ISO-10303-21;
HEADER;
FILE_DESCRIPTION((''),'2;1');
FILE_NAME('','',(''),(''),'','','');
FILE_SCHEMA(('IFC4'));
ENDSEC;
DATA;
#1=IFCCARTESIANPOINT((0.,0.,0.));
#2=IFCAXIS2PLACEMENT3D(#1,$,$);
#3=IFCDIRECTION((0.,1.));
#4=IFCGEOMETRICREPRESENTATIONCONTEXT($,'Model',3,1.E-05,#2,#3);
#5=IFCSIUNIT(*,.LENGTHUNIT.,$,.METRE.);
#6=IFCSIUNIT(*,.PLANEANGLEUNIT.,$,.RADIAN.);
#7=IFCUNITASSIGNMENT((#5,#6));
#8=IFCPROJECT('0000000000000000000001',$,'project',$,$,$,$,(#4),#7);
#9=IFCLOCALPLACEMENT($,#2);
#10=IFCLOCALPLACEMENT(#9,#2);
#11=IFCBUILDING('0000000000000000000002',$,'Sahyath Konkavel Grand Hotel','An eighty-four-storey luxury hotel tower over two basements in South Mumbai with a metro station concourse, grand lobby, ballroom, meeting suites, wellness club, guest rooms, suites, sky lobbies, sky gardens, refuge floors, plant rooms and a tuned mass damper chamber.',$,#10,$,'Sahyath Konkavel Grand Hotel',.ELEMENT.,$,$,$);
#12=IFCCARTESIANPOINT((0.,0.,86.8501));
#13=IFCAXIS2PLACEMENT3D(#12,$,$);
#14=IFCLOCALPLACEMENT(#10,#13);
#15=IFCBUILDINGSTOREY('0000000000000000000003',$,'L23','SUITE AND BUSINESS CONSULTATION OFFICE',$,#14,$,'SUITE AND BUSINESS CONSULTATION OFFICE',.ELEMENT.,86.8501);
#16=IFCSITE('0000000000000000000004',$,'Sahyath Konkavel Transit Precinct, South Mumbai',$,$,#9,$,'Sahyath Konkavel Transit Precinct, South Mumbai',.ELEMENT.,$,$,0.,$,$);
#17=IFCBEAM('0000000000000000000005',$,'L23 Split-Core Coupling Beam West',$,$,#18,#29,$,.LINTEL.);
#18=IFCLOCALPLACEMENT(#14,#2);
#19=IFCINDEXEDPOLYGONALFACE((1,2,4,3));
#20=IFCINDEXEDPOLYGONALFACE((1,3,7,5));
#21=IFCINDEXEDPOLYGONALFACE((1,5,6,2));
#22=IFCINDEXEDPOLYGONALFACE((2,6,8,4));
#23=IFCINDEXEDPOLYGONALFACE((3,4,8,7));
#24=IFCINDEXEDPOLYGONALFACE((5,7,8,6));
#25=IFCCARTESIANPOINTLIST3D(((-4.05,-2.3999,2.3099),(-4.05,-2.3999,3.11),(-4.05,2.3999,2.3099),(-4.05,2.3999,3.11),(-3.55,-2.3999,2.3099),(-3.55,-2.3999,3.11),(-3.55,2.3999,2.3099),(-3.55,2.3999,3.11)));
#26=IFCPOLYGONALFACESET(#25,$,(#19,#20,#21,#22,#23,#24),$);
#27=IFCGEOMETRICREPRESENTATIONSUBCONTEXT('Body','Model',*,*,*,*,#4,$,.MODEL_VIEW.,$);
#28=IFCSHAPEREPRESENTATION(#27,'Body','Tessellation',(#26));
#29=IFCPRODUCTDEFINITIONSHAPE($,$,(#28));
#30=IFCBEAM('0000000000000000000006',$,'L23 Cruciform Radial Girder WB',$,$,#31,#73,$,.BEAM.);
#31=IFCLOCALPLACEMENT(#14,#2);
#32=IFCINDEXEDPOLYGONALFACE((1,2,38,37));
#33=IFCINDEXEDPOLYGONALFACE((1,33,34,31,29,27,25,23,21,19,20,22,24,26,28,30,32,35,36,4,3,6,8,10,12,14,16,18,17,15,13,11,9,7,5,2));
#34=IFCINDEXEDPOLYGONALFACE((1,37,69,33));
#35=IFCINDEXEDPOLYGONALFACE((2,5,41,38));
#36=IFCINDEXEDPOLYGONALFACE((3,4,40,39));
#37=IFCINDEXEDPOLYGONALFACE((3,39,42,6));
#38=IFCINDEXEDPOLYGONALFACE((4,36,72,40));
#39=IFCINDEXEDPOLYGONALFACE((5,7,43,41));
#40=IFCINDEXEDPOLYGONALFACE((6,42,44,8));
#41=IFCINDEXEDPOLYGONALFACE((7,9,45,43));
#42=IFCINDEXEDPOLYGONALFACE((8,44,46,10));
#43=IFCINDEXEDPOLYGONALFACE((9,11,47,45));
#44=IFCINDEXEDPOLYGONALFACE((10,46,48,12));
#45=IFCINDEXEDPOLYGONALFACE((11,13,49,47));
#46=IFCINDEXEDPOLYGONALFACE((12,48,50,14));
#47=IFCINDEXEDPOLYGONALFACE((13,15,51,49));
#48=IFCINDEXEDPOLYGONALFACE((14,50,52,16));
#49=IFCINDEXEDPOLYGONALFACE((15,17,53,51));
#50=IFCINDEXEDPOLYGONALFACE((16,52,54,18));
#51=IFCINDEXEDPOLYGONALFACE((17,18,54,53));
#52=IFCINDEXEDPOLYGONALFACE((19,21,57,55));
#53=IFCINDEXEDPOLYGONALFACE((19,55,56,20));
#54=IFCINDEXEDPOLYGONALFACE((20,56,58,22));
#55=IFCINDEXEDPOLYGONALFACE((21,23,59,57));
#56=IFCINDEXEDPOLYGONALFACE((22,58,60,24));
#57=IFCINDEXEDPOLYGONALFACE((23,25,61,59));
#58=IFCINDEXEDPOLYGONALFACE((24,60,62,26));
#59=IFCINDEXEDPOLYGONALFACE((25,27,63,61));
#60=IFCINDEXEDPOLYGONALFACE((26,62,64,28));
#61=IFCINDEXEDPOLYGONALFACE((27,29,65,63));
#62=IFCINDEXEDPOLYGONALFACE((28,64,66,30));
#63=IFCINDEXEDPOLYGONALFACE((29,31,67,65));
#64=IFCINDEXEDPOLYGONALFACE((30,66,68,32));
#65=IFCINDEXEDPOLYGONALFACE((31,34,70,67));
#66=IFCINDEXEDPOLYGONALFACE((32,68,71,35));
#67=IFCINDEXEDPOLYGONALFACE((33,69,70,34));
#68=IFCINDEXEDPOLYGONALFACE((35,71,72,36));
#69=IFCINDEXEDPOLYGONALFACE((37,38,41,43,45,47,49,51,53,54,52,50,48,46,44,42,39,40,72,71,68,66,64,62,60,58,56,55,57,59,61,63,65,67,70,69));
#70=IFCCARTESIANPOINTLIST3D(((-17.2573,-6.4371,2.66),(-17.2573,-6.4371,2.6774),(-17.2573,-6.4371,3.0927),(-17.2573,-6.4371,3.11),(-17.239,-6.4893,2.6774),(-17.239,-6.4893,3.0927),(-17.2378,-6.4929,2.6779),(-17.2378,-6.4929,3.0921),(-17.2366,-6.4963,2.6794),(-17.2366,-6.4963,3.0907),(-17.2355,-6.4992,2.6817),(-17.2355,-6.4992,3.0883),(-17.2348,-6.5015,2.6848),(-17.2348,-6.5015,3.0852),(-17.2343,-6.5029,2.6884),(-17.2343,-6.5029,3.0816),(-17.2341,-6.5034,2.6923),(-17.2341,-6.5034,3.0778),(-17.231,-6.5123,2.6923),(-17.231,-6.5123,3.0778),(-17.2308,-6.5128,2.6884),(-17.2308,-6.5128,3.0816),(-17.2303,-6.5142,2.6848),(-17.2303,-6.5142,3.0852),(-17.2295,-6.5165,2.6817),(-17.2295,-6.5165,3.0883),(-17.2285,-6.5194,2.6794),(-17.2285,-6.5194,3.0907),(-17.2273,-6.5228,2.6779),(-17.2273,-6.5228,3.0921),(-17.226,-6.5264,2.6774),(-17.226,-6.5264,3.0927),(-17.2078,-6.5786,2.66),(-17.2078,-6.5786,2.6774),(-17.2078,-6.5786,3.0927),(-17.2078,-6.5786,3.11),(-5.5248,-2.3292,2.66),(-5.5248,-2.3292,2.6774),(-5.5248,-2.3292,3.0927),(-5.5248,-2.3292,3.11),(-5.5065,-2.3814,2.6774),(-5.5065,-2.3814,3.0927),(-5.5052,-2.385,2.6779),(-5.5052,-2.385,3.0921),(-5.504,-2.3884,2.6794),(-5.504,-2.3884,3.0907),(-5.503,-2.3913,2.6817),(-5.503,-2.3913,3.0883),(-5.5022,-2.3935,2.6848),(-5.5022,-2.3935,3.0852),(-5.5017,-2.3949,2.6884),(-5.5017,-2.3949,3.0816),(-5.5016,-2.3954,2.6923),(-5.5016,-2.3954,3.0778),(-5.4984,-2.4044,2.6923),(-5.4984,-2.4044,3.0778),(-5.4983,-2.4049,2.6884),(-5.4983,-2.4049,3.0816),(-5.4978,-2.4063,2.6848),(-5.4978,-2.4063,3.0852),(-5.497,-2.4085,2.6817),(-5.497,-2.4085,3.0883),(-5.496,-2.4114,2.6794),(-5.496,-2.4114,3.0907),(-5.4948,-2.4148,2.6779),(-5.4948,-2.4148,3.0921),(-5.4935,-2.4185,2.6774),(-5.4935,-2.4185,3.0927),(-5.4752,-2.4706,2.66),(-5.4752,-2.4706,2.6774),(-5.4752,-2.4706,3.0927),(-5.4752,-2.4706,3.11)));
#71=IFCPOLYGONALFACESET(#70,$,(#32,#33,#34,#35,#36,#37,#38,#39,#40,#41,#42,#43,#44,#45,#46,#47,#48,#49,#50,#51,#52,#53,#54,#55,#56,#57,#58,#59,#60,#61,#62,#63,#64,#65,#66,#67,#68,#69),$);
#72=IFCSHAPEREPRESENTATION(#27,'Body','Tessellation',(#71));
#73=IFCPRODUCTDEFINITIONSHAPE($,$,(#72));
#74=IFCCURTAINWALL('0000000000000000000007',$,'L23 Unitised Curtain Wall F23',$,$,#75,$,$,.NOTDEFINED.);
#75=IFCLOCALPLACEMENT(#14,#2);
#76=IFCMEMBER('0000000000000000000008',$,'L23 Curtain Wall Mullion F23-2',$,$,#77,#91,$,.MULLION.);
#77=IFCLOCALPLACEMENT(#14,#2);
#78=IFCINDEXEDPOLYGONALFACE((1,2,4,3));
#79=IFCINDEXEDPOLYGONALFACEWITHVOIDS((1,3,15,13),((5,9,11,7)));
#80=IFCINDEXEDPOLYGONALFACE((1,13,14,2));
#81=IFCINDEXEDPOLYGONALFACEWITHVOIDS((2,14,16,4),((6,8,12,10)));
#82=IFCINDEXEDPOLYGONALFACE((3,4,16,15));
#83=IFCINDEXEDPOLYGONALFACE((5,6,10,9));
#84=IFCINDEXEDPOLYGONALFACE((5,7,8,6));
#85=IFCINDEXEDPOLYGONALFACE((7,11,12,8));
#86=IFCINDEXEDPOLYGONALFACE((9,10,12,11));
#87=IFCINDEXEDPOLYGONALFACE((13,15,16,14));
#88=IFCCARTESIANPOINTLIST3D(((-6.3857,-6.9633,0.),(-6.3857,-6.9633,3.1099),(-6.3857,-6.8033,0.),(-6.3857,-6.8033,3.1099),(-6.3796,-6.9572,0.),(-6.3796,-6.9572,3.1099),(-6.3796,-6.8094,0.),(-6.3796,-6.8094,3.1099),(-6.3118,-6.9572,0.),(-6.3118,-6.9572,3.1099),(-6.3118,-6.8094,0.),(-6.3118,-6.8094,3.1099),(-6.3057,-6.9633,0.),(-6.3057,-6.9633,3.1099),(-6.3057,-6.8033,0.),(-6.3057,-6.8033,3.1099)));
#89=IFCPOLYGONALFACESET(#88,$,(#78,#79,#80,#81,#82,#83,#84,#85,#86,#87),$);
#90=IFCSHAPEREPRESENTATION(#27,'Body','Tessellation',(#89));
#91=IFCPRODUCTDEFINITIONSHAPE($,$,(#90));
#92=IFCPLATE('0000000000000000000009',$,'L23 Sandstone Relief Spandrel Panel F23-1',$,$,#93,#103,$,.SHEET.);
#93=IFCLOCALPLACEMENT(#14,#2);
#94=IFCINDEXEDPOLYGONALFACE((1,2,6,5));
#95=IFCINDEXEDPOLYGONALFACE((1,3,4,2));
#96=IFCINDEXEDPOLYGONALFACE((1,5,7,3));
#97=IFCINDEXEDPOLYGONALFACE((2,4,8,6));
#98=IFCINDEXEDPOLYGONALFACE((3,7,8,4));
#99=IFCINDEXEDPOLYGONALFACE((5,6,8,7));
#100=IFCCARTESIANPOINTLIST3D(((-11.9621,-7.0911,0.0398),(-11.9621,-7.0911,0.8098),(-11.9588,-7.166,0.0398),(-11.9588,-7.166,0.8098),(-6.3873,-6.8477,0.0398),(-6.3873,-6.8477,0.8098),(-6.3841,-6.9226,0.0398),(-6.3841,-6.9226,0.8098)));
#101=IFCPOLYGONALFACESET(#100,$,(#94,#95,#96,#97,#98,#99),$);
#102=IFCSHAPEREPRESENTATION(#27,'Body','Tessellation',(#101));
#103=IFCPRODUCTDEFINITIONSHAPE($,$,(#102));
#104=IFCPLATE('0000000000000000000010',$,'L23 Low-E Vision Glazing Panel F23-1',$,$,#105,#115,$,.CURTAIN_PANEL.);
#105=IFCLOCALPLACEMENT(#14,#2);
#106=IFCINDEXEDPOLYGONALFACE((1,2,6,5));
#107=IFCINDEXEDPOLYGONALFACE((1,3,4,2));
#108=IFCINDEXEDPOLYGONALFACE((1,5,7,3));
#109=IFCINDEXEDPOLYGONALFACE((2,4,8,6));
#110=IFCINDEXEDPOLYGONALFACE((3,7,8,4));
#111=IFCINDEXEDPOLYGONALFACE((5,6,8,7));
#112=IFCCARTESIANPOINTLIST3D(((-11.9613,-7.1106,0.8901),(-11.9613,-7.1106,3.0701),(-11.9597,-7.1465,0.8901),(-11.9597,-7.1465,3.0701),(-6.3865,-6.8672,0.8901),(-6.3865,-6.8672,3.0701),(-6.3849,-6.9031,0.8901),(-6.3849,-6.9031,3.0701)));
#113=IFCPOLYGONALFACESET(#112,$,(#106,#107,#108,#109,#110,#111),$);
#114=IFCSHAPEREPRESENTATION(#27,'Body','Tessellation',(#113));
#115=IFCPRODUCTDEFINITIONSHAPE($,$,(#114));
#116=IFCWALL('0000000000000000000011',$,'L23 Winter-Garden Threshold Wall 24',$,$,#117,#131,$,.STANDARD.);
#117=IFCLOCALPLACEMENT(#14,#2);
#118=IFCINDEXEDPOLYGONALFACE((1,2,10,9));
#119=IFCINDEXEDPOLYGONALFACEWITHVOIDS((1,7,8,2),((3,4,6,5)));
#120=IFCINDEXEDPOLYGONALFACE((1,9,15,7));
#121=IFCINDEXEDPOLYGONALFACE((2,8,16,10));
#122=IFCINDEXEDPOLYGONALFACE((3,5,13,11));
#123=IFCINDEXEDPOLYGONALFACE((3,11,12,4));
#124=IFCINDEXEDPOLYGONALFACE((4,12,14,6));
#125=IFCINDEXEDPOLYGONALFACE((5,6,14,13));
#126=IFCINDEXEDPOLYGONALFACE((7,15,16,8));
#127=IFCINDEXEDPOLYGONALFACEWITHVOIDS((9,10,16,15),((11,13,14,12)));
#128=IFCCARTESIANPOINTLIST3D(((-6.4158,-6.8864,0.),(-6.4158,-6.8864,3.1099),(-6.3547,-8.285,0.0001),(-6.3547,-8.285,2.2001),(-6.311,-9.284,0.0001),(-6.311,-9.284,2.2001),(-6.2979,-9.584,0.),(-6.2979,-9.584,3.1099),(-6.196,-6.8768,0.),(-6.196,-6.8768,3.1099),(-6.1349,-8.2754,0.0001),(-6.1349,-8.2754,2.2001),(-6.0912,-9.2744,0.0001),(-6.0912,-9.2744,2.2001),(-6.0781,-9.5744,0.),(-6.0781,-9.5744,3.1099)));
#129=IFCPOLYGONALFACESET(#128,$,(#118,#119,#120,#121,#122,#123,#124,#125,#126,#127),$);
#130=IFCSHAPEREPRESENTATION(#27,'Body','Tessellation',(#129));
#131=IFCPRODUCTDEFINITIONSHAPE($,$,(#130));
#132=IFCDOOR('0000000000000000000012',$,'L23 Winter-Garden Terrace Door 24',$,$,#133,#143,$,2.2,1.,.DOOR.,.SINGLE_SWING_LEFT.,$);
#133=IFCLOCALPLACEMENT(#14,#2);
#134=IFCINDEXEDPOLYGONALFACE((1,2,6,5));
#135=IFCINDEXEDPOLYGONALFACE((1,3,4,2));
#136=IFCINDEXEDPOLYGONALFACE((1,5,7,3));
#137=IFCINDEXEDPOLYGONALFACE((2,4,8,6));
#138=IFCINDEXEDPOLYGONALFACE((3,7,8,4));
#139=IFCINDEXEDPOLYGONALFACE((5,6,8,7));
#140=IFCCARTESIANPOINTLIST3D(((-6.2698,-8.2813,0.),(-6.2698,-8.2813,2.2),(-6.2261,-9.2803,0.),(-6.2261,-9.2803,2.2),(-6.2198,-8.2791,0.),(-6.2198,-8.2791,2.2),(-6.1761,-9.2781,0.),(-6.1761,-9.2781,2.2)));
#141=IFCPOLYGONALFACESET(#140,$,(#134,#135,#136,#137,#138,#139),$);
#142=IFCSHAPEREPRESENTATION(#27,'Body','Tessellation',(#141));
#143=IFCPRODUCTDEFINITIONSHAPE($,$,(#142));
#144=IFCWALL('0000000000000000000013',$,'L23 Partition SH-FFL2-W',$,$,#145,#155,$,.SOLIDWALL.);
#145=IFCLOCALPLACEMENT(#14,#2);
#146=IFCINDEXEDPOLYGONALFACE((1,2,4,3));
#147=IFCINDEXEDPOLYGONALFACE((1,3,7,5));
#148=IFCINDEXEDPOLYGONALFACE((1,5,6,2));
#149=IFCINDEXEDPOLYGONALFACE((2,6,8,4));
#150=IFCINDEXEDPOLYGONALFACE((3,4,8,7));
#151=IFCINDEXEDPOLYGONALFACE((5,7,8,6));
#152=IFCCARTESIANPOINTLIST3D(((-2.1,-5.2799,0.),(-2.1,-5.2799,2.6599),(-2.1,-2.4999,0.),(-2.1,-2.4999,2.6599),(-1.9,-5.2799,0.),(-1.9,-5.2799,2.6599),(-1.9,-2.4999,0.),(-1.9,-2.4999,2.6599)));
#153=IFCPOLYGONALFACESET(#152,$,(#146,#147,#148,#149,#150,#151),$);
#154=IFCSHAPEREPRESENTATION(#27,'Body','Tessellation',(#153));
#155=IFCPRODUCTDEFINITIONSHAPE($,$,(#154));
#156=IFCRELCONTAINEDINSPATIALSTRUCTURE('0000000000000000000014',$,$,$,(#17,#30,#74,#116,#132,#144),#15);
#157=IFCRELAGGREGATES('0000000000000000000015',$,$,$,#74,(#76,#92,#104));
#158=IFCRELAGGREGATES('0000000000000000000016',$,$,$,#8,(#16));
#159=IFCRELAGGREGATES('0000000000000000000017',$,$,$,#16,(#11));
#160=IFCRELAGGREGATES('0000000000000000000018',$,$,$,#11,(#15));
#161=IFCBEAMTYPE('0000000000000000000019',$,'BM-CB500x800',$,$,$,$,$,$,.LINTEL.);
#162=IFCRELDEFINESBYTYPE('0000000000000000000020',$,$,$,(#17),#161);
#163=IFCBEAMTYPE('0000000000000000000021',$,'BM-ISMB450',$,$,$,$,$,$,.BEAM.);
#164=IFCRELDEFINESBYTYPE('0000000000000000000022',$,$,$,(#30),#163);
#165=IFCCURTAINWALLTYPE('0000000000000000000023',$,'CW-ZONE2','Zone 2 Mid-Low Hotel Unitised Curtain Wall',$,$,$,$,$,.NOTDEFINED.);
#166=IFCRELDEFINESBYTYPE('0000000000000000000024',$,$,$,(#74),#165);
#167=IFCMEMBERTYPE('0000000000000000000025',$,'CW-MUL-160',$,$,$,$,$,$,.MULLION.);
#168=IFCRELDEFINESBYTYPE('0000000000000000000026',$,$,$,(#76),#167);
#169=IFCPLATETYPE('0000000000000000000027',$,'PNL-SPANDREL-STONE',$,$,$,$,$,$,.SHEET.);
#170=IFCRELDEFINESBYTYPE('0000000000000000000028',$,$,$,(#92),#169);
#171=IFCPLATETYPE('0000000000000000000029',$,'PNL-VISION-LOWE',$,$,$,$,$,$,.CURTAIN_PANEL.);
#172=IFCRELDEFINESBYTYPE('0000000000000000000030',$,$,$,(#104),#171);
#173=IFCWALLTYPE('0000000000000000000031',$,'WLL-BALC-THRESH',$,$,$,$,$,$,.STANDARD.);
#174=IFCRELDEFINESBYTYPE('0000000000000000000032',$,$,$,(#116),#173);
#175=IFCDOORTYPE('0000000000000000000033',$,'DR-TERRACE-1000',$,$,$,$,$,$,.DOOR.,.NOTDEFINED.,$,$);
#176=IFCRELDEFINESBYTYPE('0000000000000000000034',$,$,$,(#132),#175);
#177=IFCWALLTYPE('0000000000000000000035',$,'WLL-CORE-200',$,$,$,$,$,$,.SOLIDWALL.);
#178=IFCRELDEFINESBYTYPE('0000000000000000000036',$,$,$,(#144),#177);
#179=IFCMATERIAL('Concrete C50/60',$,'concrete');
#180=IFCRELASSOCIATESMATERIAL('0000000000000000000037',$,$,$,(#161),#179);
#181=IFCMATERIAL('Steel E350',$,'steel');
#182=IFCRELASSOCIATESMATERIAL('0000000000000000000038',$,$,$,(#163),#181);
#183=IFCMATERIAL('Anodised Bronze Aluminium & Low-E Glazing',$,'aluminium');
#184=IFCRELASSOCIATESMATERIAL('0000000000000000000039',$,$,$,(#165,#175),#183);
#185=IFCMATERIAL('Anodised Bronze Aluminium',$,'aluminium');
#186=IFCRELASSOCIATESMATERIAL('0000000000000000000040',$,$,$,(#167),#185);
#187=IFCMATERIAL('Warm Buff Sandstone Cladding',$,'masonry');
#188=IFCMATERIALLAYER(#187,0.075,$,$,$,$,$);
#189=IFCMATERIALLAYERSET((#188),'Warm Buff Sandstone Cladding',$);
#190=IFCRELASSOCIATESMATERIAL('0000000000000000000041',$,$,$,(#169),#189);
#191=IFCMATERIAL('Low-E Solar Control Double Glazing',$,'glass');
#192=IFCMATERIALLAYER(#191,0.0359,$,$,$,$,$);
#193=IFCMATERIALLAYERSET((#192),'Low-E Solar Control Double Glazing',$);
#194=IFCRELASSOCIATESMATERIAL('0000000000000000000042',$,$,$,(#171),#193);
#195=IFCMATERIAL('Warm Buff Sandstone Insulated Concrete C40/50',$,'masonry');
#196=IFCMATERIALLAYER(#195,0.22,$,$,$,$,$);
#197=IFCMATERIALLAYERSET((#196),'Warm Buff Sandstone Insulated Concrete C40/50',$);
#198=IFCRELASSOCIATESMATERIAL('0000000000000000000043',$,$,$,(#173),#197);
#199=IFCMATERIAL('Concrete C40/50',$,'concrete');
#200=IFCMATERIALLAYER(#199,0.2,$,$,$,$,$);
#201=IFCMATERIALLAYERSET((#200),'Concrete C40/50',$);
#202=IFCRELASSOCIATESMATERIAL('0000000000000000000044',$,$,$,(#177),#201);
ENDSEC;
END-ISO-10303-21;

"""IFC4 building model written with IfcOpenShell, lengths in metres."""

from ifc_helpers import new_model, si_unit, direction, frame, frame_2d, origin, origin_2d, place, context, subcontext, project, spatial, rectangle, hollow_rectangle, i_section, extrude, source, transform, mapped, material, layer, layer_set, material_profile, profile_set, type_object, element, fill, aggregate, save


model = new_model("IFC4")

# Units and contexts
model_context = context("Model", 3, precision=1e-05, world=origin(), true_north=direction((0.0, 1.0)))
body_context = subcontext(model_context, "Body", "Model", "MODEL_VIEW")
ifc_project = project(units=[si_unit("LENGTHUNIT", "METRE"), si_unit("PLANEANGLEUNIT", "RADIAN")], contexts=[model_context])

# Site, building, storey
site_placement = place(None, origin())
site = spatial("IfcSite", under=ifc_project, at=site_placement, Name="Sahyath Konkavel Transit Precinct, South Mumbai", LongName="Sahyath Konkavel Transit Precinct, South Mumbai", CompositionType="ELEMENT", RefElevation=0.0)
building_placement = place(site_placement, origin())
building = spatial("IfcBuilding", under=site, at=building_placement, Name="Sahyath Konkavel Grand Hotel", Description="An eighty-four-storey luxury hotel tower over two basements in South Mumbai with a metro station concourse, grand lobby, ballroom, meeting suites, wellness club, guest rooms, suites, sky lobbies, sky gardens, refuge floors, plant rooms and a tuned mass damper chamber.", LongName="Sahyath Konkavel Grand Hotel", CompositionType="ELEMENT")
storey_placement = place(building_placement, frame((0.0, 0.0, 86.8501)))
storey = spatial("IfcBuildingStorey", under=building, at=storey_placement, Name="L23", Description="SUITE AND BUSINESS CONSULTATION OFFICE", LongName="SUITE AND BUSINESS CONSULTATION OFFICE", CompositionType="ELEMENT", Elevation=86.8501)

# Shared definitions
ifc_material_1 = material(Name="Concrete C50/60", Category="concrete")

# Beams
ifc_material_2 = material(Name="Steel E350", Category="steel")
ifc_material_profile_1 = material_profile(ifc_material_1, rectangle(XDim=0.5, YDim=0.8, at=origin_2d()), Name="RC 500x800")
ifc_profile_set_1 = profile_set([ifc_material_profile_1], Name="Concrete C50/60")
beam_type_1 = type_object("IfcBeamType", Name="BM-CB500x800", PredefinedType="LINTEL", material=ifc_profile_set_1)
shared_shape_1 = source(origin(), body_context, "Body", "SweptSolid", [
    extrude(rectangle(XDim=0.5, YDim=0.8, at=origin_2d()), origin(), (0.0, 0.0, 1.0), 4.7998),
])
beam_1_placement = place(storey_placement, frame((-3.8, -2.3999, 2.71), z_axis=(0.0, 1.0, 0.0), x_axis=(-1.0, 0.0, 0.0)))
element("IfcBeam", 1, at=beam_1_placement, inside=storey, type_object=beam_type_1, Name="L23 Split-Core Coupling Beam West", PredefinedType="LINTEL", context=body_context, shape_type="MappedRepresentation", body=[
    mapped(shared_shape_1, transform((0.0, 0.0, 0.0), scale=1.0)),
])
ifc_material_profile_2 = material_profile(ifc_material_2, i_section(OverallWidth=0.1499, OverallDepth=0.45, WebThickness=0.0095, FlangeThickness=0.0173, FilletRadius=0.0149, at=origin_2d()), Name="ISMB 450")
ifc_profile_set_2 = profile_set([ifc_material_profile_2], Name="Steel E350")
beam_type_2 = type_object("IfcBeamType", Name="BM-ISMB450", PredefinedType="BEAM", material=ifc_profile_set_2)
shared_shape_2 = source(origin(), body_context, "Body", "SweptSolid", [
    extrude(i_section(OverallWidth=0.1499, OverallDepth=0.45, WebThickness=0.0095, FlangeThickness=0.0173, FilletRadius=0.0149, at=origin_2d()), origin(), (0.0, 0.0, 1.0), 12.4309),
])
beam_2_placement = place(storey_placement, frame((-5.5, -2.3999, 2.885), z_axis=(-0.943819, -0.330462, 0.0), x_axis=(0.330462, -0.943819, 0.0)))
element("IfcBeam", 2, at=beam_2_placement, inside=storey, type_object=beam_type_2, Name="L23 Cruciform Radial Girder WB", PredefinedType="BEAM", context=body_context, shape_type="MappedRepresentation", body=[
    mapped(shared_shape_2, transform((0.0, 0.0, 0.0), scale=1.0)),
])

# Curtain wall, member, plates
ifc_material_3 = material(Name="Anodised Bronze Aluminium & Low-E Glazing", Category="aluminium")
curtain_wall_type = type_object("IfcCurtainWallType", Name="CW-ZONE2", Description="Zone 2 Mid-Low Hotel Unitised Curtain Wall", PredefinedType="NOTDEFINED", material=ifc_material_3)
curtain_wall_placement = place(storey_placement, origin())
curtain_wall = element("IfcCurtainWall", 3, at=curtain_wall_placement, inside=storey, type_object=curtain_wall_type, Name="L23 Unitised Curtain Wall F23", PredefinedType="NOTDEFINED")
ifc_material_4 = material(Name="Anodised Bronze Aluminium", Category="aluminium")
ifc_material_profile_3 = material_profile(ifc_material_4, hollow_rectangle(XDim=0.0801, YDim=0.1599, WallThickness=0.0061, at=origin_2d()), Name="RHS 160x80x6")
ifc_profile_set_3 = profile_set([ifc_material_profile_3], Name="Anodised Bronze Aluminium")
member_type = type_object("IfcMemberType", Name="CW-MUL-160", PredefinedType="MULLION", material=ifc_profile_set_3)
shared_shape_3 = source(origin(), body_context, "Body", "SweptSolid", [
    extrude(hollow_rectangle(XDim=0.0801, YDim=0.1599, WallThickness=0.0061, at=origin_2d()), origin(), (0.0, 0.0, 1.0), 3.1099),
])
member_placement = place(storey_placement, frame((-6.3457, -6.8833, 0.0), z_axis=(0.0, 0.0, 1.0), x_axis=(1.0, 0.0, 0.0)))
member = element("IfcMember", 4, at=member_placement, type_object=member_type, Name="L23 Curtain Wall Mullion F23-2", PredefinedType="MULLION", context=body_context, shape_type="MappedRepresentation", body=[
    mapped(shared_shape_3, transform((0.0, 0.0, 0.0), scale=1.0)),
])
ifc_material_5 = material(Name="Warm Buff Sandstone Cladding", Category="masonry")
ifc_layer_1 = layer(ifc_material_5, 0.075)
ifc_layer_set_1 = layer_set([ifc_layer_1], Name="Warm Buff Sandstone Cladding")
plate_type_1 = type_object("IfcPlateType", Name="PNL-SPANDREL-STONE", PredefinedType="SHEET", material=ifc_layer_set_1)
shared_shape_4 = source(origin(), body_context, "Body", "SweptSolid", [
    extrude(rectangle(XDim=5.5801, YDim=0.075, at=origin_2d()), origin(), (0.0, 0.0, 1.0), 0.77),
])
plate_1_placement = place(storey_placement, frame((-9.1731, -7.0068, 0.0398), z_axis=(0.0, 0.0, 1.0), x_axis=(0.999048, 0.043619, 0.0)))
plate_1 = element("IfcPlate", 5, at=plate_1_placement, type_object=plate_type_1, Name="L23 Sandstone Relief Spandrel Panel F23-1", PredefinedType="SHEET", context=body_context, shape_type="MappedRepresentation", body=[
    mapped(shared_shape_4, transform((0.0, 0.0, 0.0), scale=1.0)),
])
ifc_material_6 = material(Name="Low-E Solar Control Double Glazing", Category="glass")
ifc_layer_2 = layer(ifc_material_6, 0.0359)
ifc_layer_set_2 = layer_set([ifc_layer_2], Name="Low-E Solar Control Double Glazing")
plate_type_2 = type_object("IfcPlateType", Name="PNL-VISION-LOWE", PredefinedType="CURTAIN_PANEL", material=ifc_layer_set_2)
shared_shape_5 = source(origin(), body_context, "Body", "SweptSolid", [
    extrude(rectangle(XDim=5.5801, YDim=0.0359, at=origin_2d()), origin(), (0.0, 0.0, 1.0), 2.1799),
])
plate_2_placement = place(storey_placement, frame((-9.1731, -7.0068, 0.8901), z_axis=(0.0, 0.0, 1.0), x_axis=(0.999048, 0.043619, 0.0)))
plate_2 = element("IfcPlate", 6, at=plate_2_placement, type_object=plate_type_2, Name="L23 Low-E Vision Glazing Panel F23-1", PredefinedType="CURTAIN_PANEL", context=body_context, shape_type="MappedRepresentation", body=[
    mapped(shared_shape_5, transform((0.0, 0.0, 0.0), scale=1.0)),
])
aggregate(curtain_wall, [member, plate_1, plate_2])

# Wall, opening, door
ifc_material_7 = material(Name="Warm Buff Sandstone Insulated Concrete C40/50", Category="masonry")
ifc_layer_3 = layer(ifc_material_7, 0.22)
ifc_layer_set_3 = layer_set([ifc_layer_3], Name="Warm Buff Sandstone Insulated Concrete C40/50")
wall_type_1 = type_object("IfcWallType", Name="WLL-BALC-THRESH", PredefinedType="STANDARD", material=ifc_layer_set_3)
wall_1_placement = place(storey_placement, frame((-6.3059, -6.8816, 0.0), z_axis=(0.0, 0.0, 1.0), x_axis=(0.043673, -0.999046, 0.0)))
wall_1 = element("IfcWall", 7, at=wall_1_placement, inside=storey, type_object=wall_type_1, Name="L23 Winter-Garden Threshold Wall 24", PredefinedType="STANDARD", context=body_context, shape_type="SweptSolid", body=[
    extrude(rectangle(XDim=2.7002, YDim=0.22, at=frame_2d((1.3501, 0.0))), origin(), (0.0, 0.0, 1.0), 3.1099),
])
opening_1_placement = place(wall_1_placement, frame((1.3999, 0.0, 0.0)))
opening_1 = element("IfcOpeningElement", 8, at=opening_1_placement, cuts=wall_1, PredefinedType="OPENING", context=body_context, shape_type="SweptSolid", body=[
    extrude(rectangle(XDim=1.0, YDim=2.2, at=frame_2d((0.5, 1.1001))), frame((0.0, 0.1201, 0.0), z_axis=(0.0, -1.0, 0.0), x_axis=(1.0, 0.0, 0.0)), (0.0, 0.0, 1.0), 0.24),
])
door_type_1 = type_object("IfcDoorType", Name="DR-TERRACE-1000", OperationType="NOTDEFINED", PredefinedType="DOOR", material=ifc_material_3)
shared_shape_6 = source(origin(), body_context, "Body", "SweptSolid", [
    extrude(rectangle(XDim=1.0, YDim=0.05, at=origin_2d()), origin(), (0.0, 0.0, 1.0), 2.2),
])
door_1_placement = place(opening_1_placement, frame((0.5, 0.0, 0.0)))
door_1 = element("IfcDoor", 9, at=door_1_placement, inside=storey, type_object=door_type_1, Name="L23 Winter-Garden Terrace Door 24", OperationType="SINGLE_SWING_LEFT", OverallHeight=2.2, OverallWidth=1.0, PredefinedType="DOOR", context=body_context, shape_type="MappedRepresentation", body=[
    mapped(shared_shape_6, transform((0.0, 0.0, 0.0), scale=1.0)),
])
fill(opening_1, door_1)

# Wall
ifc_material_8 = material(Name="Concrete C40/50", Category="concrete")
ifc_layer_4 = layer(ifc_material_8, 0.2)
ifc_layer_set_4 = layer_set([ifc_layer_4], Name="Concrete C40/50")
wall_type_2 = type_object("IfcWallType", Name="WLL-CORE-200", PredefinedType="SOLIDWALL", material=ifc_layer_set_4)
wall_2_placement = place(storey_placement, frame((-2.0, -5.28, 0.0), z_axis=(0.0, 0.0, 1.0), x_axis=(0.0, 1.0, 0.0)))
element("IfcWall", 10, at=wall_2_placement, inside=storey, type_object=wall_type_2, Name="L23 Partition SH-FFL2-W", PredefinedType="SOLIDWALL", context=body_context, shape_type="SweptSolid", body=[
    extrude(rectangle(XDim=2.78, YDim=0.2, at=frame_2d((1.3901, 0.0))), origin(), (0.0, 0.0, 1.0), 2.6599),
])

save(model, "model.ifc")
